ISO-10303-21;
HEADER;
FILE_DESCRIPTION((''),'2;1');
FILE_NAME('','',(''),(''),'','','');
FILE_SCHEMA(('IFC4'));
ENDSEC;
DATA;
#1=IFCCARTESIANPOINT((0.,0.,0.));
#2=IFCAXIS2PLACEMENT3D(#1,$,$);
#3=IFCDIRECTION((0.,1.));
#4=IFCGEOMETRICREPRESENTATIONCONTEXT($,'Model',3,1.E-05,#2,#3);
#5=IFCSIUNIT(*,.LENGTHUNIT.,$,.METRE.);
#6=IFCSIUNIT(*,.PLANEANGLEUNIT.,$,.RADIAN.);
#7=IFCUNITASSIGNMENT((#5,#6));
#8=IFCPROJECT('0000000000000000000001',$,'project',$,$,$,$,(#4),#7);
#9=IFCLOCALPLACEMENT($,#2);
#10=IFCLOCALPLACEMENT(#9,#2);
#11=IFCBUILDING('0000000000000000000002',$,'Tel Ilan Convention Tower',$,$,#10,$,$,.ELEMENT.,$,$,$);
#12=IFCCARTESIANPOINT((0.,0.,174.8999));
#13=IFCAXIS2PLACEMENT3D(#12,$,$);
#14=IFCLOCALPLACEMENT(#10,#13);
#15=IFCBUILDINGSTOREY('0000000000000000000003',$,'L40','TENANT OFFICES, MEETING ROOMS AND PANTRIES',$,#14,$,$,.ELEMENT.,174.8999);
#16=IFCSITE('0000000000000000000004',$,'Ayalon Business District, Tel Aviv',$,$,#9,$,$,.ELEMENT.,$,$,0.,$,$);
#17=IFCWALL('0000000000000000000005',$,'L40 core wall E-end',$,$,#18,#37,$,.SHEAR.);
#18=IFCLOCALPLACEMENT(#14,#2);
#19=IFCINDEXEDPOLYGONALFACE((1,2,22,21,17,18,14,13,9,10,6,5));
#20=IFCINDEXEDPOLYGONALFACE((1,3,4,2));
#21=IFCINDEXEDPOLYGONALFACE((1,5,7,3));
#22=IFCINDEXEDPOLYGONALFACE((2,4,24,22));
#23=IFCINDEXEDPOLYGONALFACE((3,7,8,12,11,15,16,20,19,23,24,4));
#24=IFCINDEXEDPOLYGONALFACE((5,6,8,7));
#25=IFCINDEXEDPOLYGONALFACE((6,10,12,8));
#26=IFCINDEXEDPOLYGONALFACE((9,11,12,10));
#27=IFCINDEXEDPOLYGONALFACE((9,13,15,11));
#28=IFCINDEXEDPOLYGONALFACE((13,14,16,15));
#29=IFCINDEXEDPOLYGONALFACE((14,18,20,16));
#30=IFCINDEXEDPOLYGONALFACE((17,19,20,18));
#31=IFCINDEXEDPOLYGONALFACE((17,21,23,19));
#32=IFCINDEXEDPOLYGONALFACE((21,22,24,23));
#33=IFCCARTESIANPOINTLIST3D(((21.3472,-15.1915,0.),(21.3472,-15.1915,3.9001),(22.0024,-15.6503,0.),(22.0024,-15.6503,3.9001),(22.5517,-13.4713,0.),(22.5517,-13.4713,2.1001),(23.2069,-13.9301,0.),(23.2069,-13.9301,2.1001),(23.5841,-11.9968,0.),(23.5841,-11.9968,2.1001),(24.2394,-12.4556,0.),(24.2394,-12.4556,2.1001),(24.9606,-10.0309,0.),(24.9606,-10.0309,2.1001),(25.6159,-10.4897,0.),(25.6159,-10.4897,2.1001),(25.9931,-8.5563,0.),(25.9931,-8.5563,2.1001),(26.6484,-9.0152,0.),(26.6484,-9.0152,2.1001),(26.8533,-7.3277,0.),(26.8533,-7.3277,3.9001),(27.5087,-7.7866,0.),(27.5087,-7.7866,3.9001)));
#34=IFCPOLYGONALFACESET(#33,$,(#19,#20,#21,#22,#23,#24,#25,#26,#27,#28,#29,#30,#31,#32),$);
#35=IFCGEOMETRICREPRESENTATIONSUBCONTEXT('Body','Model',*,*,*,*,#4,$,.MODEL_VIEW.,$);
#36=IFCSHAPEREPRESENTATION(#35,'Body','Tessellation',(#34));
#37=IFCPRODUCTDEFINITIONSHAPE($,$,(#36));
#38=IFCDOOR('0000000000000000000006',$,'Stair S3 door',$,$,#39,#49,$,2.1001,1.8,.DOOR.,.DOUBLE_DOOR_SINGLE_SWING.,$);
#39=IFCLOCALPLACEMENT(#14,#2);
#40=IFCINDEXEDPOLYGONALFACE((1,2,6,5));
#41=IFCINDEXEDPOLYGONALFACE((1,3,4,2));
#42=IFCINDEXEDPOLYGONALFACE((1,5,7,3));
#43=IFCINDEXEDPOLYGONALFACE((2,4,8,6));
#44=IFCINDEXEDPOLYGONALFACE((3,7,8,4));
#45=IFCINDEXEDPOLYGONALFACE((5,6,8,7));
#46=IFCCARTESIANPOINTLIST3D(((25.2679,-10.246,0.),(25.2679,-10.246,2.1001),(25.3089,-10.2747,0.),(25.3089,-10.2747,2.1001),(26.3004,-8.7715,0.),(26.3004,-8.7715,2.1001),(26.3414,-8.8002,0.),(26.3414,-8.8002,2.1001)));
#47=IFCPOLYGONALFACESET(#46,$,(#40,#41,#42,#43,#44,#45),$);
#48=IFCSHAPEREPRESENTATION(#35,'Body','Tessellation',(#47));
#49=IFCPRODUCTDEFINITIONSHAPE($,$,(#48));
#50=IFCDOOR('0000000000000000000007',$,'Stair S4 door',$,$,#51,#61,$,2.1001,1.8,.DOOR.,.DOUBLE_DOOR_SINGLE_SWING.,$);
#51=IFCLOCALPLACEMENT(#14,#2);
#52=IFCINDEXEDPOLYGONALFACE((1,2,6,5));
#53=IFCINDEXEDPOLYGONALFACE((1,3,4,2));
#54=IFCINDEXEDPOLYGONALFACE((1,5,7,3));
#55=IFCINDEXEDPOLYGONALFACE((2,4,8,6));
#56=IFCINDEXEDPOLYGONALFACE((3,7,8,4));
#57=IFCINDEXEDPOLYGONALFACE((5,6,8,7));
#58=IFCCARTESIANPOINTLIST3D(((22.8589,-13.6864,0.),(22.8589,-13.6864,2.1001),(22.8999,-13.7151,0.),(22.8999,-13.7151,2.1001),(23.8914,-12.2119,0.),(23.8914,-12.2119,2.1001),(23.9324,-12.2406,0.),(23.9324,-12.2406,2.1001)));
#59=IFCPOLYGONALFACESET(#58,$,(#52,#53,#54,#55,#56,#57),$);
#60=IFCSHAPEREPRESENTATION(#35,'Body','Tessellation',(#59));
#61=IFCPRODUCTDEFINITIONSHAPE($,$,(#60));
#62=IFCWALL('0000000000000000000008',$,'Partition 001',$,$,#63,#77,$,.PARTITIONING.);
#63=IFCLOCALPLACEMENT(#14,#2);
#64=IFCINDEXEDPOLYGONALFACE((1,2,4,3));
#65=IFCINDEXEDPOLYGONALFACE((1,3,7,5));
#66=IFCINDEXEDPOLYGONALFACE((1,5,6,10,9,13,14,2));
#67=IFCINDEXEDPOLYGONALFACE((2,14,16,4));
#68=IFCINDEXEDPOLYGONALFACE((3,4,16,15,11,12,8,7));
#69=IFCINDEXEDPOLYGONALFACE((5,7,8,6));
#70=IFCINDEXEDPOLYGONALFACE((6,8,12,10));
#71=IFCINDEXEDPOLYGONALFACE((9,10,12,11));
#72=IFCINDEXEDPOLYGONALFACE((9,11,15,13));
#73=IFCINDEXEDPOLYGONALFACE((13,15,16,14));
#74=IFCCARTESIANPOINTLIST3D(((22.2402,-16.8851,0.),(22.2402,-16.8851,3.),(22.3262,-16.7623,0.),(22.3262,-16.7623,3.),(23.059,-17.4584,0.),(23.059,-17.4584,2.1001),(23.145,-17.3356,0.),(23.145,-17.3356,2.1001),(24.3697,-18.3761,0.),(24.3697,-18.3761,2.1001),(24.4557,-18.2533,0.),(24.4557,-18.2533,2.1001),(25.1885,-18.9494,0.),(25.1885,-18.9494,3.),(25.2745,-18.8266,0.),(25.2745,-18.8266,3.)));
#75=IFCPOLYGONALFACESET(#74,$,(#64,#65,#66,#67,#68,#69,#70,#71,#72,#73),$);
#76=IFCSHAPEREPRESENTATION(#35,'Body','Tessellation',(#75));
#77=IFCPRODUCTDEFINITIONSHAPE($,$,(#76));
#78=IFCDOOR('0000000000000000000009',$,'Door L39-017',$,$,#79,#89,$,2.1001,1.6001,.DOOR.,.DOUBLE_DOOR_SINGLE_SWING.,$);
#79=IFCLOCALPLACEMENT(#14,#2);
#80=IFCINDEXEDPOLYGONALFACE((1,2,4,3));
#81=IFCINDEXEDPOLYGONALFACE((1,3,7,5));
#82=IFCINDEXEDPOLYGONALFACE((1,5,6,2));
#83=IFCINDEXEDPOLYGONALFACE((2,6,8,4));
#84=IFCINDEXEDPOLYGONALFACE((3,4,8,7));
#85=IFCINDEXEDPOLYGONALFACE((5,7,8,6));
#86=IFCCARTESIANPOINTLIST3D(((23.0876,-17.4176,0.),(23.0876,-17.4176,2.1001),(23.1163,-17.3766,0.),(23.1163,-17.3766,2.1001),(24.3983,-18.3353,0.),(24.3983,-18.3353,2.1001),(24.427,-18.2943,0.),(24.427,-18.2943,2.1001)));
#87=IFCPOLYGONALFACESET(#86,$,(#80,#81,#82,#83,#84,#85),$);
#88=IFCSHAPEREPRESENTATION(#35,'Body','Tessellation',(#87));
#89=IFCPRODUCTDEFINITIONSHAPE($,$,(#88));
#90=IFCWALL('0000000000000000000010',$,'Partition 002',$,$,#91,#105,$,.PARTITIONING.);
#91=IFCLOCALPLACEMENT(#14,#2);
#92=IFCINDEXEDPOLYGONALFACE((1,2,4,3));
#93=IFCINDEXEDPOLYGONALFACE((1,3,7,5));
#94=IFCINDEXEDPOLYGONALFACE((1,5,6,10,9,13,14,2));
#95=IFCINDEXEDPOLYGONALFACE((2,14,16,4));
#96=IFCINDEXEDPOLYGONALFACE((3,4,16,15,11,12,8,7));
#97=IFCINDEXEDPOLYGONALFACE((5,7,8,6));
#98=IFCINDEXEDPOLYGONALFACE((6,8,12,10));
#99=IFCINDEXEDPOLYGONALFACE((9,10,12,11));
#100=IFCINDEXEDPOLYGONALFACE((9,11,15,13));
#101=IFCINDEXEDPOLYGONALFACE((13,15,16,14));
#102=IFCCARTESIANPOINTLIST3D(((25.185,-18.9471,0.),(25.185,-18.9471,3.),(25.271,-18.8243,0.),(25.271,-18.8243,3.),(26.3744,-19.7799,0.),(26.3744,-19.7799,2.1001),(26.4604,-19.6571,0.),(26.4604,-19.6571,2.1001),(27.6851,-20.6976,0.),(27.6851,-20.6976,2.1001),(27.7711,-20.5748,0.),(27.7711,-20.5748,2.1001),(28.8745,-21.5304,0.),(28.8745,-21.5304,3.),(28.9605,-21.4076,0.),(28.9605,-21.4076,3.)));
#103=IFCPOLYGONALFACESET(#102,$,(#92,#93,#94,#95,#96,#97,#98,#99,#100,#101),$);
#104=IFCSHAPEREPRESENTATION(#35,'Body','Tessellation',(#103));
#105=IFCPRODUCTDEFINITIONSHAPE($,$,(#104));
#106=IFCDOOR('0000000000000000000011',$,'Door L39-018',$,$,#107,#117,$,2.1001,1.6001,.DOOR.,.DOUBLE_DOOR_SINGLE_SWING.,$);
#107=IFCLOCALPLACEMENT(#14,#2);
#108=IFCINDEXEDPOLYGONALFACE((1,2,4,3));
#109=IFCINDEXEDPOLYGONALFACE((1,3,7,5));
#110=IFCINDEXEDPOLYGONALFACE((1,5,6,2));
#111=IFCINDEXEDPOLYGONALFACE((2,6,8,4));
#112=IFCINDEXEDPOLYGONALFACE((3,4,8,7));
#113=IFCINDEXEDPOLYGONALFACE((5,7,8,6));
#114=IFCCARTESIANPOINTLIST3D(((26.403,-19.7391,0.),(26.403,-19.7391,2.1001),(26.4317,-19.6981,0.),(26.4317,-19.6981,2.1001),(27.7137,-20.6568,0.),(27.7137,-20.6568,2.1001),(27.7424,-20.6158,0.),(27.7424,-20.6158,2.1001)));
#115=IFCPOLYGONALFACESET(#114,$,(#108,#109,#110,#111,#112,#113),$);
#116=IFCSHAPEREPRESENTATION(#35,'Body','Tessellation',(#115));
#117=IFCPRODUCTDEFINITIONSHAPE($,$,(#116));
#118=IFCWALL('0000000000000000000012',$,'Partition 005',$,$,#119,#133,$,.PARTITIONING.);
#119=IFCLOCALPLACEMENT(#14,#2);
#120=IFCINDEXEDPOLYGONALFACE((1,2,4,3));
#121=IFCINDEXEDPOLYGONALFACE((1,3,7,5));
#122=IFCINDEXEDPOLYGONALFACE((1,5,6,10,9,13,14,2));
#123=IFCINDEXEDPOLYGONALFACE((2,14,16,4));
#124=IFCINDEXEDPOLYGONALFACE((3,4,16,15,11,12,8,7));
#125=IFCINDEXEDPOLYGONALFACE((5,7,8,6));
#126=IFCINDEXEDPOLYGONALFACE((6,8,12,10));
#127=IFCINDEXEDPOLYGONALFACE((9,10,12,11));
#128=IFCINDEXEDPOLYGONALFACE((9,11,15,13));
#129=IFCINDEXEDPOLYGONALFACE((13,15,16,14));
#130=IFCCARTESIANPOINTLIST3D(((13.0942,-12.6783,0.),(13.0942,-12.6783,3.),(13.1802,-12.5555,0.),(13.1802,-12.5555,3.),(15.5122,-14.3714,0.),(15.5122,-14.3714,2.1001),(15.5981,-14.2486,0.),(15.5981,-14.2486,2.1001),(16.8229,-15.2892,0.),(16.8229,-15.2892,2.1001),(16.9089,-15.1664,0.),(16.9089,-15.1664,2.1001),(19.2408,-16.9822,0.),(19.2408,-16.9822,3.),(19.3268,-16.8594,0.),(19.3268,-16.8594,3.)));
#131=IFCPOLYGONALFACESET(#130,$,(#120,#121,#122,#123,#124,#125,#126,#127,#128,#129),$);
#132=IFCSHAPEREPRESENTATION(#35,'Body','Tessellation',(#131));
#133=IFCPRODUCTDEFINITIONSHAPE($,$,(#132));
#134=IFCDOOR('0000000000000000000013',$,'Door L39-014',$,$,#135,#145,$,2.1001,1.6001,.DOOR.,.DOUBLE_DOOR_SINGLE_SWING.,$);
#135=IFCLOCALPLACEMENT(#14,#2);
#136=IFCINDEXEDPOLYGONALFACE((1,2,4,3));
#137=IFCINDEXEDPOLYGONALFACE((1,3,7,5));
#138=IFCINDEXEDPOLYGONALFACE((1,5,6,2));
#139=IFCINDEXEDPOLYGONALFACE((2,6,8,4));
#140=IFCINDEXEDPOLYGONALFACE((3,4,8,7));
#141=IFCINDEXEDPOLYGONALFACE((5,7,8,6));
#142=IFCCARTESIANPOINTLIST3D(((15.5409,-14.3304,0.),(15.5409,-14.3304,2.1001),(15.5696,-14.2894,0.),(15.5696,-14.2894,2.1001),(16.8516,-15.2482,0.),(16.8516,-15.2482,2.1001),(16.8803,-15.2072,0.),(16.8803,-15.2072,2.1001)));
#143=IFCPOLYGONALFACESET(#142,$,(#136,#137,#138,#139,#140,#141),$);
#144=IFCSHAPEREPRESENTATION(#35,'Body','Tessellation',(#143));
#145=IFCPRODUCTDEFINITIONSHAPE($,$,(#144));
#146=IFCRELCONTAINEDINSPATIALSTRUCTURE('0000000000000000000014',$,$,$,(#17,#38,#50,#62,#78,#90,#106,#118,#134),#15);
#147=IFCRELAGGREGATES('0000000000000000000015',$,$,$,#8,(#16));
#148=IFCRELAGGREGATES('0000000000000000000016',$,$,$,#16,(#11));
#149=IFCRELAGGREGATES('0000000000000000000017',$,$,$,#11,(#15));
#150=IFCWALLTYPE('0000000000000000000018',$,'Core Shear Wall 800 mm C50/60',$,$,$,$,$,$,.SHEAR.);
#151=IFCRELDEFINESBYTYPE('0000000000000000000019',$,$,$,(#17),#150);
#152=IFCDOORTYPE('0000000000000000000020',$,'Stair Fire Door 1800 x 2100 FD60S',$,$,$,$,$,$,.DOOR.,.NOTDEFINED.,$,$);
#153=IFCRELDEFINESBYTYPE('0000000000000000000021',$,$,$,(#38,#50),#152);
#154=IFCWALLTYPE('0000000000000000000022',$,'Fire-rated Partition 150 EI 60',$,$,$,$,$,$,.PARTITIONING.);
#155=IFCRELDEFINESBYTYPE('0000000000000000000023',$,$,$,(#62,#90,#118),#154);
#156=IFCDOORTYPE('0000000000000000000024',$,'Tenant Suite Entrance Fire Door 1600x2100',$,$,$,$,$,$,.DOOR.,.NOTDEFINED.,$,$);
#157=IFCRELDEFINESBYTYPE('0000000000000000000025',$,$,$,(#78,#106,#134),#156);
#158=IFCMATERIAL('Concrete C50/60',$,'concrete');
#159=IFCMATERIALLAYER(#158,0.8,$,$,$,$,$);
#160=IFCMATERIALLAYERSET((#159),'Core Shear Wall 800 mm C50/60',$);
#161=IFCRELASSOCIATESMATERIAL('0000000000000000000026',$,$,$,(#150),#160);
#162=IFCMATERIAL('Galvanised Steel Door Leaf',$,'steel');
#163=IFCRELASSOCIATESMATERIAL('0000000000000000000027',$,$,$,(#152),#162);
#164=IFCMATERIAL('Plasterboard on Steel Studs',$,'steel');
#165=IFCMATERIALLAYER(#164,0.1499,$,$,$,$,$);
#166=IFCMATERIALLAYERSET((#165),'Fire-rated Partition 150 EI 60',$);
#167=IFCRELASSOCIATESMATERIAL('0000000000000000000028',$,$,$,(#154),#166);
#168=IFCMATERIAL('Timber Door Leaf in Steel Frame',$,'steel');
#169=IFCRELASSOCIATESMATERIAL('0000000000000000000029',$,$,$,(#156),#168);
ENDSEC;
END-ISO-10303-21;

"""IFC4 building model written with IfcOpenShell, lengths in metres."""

from ifc_helpers import new_model, si_unit, direction, frame, frame_2d, origin, place, context, subcontext, project, spatial, polyline, rectangle, outline, extrude, material, layer, layer_set, type_object, element, fill, save


model = new_model("IFC4")

# Units and contexts
model_context = context("Model", 3, precision=1e-05, world=origin(), true_north=direction((0.0, 1.0)))
body_context = subcontext(model_context, "Body", "Model", "MODEL_VIEW")
ifc_project = project(units=[si_unit("LENGTHUNIT", "METRE"), si_unit("PLANEANGLEUNIT", "RADIAN")], contexts=[model_context])

# Site, building, storey
site_placement = place(None, origin())
site = spatial("IfcSite", under=ifc_project, at=site_placement, Name="Ayalon Business District, Tel Aviv", CompositionType="ELEMENT", RefElevation=0.0)
building_placement = place(site_placement, origin())
building = spatial("IfcBuilding", under=site, at=building_placement, Name="Tel Ilan Convention Tower", CompositionType="ELEMENT")
storey_placement = place(building_placement, frame((0.0, 0.0, 174.8999)))
storey = spatial("IfcBuildingStorey", under=building, at=storey_placement, Name="L40", Description="TENANT OFFICES, MEETING ROOMS AND PANTRIES", CompositionType="ELEMENT", Elevation=174.8999)

# Wall, openings, doors
ifc_material_1 = material(Name="Concrete C50/60", Category="concrete")
ifc_layer_1 = layer(ifc_material_1, 0.8)
ifc_layer_set_1 = layer_set([ifc_layer_1], Name="Core Shear Wall 800 mm C50/60")
wall_type_1 = type_object("IfcWallType", Name="Core Shear Wall 800 mm C50/60", PredefinedType="SHEAR", material=ifc_layer_set_1)
wall_1_placement = place(storey_placement, frame((21.6748, -15.4209, 0.0), z_axis=(0.0, 0.0, 1.0), x_axis=(0.573582, 0.819148, 0.0)))
wall_1 = element("IfcWall", 1, at=wall_1_placement, inside=storey, type_object=wall_type_1, Name="L40 core wall E-end", PredefinedType="SHEAR", context=body_context, shape_type="SweptSolid", body=[
    extrude(outline(polyline([(9.5999, 0.4001), (0.0, 0.3999), (0.0, -0.3999), (9.5999, -0.3999), (9.5999, 0.4001)])), origin(), (0.0, 0.0, 1.0), 3.9001),
])
opening_1_placement = place(wall_1_placement, frame((6.3, 0.0, 0.0)))
opening_1 = element("IfcOpeningElement", 2, at=opening_1_placement, cuts=wall_1, PredefinedType="OPENING", context=body_context, shape_type="SweptSolid", body=[
    extrude(rectangle(XDim=1.8, YDim=2.1001, at=frame_2d((0.8999, 1.05))), frame((0.0, 0.4099, 0.0), z_axis=(0.0, -1.0, 0.0), x_axis=(1.0, 0.0, 0.0)), (0.0, 0.0, 1.0), 0.8201),
])
opening_2_placement = place(wall_1_placement, frame((2.1001, 0.0, 0.0)))
opening_2 = element("IfcOpeningElement", 3, at=opening_2_placement, cuts=wall_1, PredefinedType="OPENING", context=body_context, shape_type="SweptSolid", body=[
    extrude(rectangle(XDim=1.8, YDim=2.1001, at=frame_2d((0.8999, 1.05))), frame((0.0, 0.4099, 0.0), z_axis=(0.0, -1.0, 0.0), x_axis=(1.0, 0.0, 0.0)), (0.0, 0.0, 1.0), 0.8201),
])
ifc_material_2 = material(Name="Galvanised Steel Door Leaf", Category="steel")
door_type_1 = type_object("IfcDoorType", Name="Stair Fire Door 1800 x 2100 FD60S", OperationType="NOTDEFINED", PredefinedType="DOOR", material=ifc_material_2)
door_1_placement = place(opening_1_placement, origin())
door_1 = element("IfcDoor", 4, at=door_1_placement, inside=storey, type_object=door_type_1, Name="Stair S3 door", OperationType="DOUBLE_DOOR_SINGLE_SWING", OverallHeight=2.1001, OverallWidth=1.8, PredefinedType="DOOR", context=body_context, shape_type="SweptSolid", body=[
    extrude(rectangle(XDim=1.8, YDim=2.1001, at=frame_2d((0.8999, 1.05))), frame((0.0, 0.0249, 0.0), z_axis=(0.0, -1.0, 0.0), x_axis=(1.0, 0.0, 0.0)), (0.0, 0.0, 1.0), 0.05),
])
fill(opening_1, door_1)
door_2_placement = place(opening_2_placement, origin())
door_2 = element("IfcDoor", 5, at=door_2_placement, inside=storey, type_object=door_type_1, Name="Stair S4 door", OperationType="DOUBLE_DOOR_SINGLE_SWING", OverallHeight=2.1001, OverallWidth=1.8, PredefinedType="DOOR", context=body_context, shape_type="SweptSolid", body=[
    extrude(rectangle(XDim=1.8, YDim=2.1001, at=frame_2d((0.8999, 1.05))), frame((0.0, 0.0249, 0.0), z_axis=(0.0, -1.0, 0.0), x_axis=(1.0, 0.0, 0.0)), (0.0, 0.0, 1.0), 0.05),
])
fill(opening_2, door_2)

# Walls, openings, doors
ifc_material_3 = material(Name="Plasterboard on Steel Studs", Category="steel")
ifc_layer_2 = layer(ifc_material_3, 0.1499)
ifc_layer_set_2 = layer_set([ifc_layer_2], Name="Fire-rated Partition 150 EI 60")
wall_type_2 = type_object("IfcWallType", Name="Fire-rated Partition 150 EI 60", PredefinedType="PARTITIONING", material=ifc_layer_set_2)
wall_2_placement = place(storey_placement, frame((22.2832, -16.8237, 0.0), z_axis=(0.0, 0.0, 1.0), x_axis=(0.819175, -0.573544, 0.0)))
wall_2 = element("IfcWall", 6, at=wall_2_placement, inside=storey, type_object=wall_type_2, Name="Partition 001", PredefinedType="PARTITIONING", context=body_context, shape_type="SweptSolid", body=[
    extrude(rectangle(XDim=3.5991, YDim=0.1499, at=frame_2d((1.7996, 0.0))), origin(), (0.0, 0.0, 1.0), 3.0),
])
opening_3_placement = place(wall_2_placement, frame((0.9995, 0.0, 0.0)))
opening_3 = element("IfcOpeningElement", 7, at=opening_3_placement, cuts=wall_2, PredefinedType="OPENING", context=body_context, shape_type="SweptSolid", body=[
    extrude(rectangle(XDim=1.6001, YDim=2.1001, at=frame_2d((0.8, 1.05))), frame((0.0, 0.085, 0.0), z_axis=(0.0, -1.0, 0.0), x_axis=(1.0, 0.0, 0.0)), (0.0, 0.0, 1.0), 0.1699),
])
ifc_material_4 = material(Name="Timber Door Leaf in Steel Frame", Category="steel")
door_type_2 = type_object("IfcDoorType", Name="Tenant Suite Entrance Fire Door 1600x2100", OperationType="NOTDEFINED", PredefinedType="DOOR", material=ifc_material_4)
door_3_placement = place(opening_3_placement, origin())
door_3 = element("IfcDoor", 8, at=door_3_placement, inside=storey, type_object=door_type_2, Name="Door L39-017", OperationType="DOUBLE_DOOR_SINGLE_SWING", OverallHeight=2.1001, OverallWidth=1.6001, PredefinedType="DOOR", context=body_context, shape_type="SweptSolid", body=[
    extrude(rectangle(XDim=1.6001, YDim=2.1001, at=frame_2d((0.8, 1.05))), frame((0.0, 0.0249, 0.0), z_axis=(0.0, -1.0, 0.0), x_axis=(1.0, 0.0, 0.0)), (0.0, 0.0, 1.0), 0.05),
])
fill(opening_3, door_3)
wall_3_placement = place(storey_placement, frame((25.228, -18.8857, 0.0), z_axis=(0.0, 0.0, 1.0), x_axis=(0.819166, -0.573557, 0.0)))
wall_3 = element("IfcWall", 9, at=wall_3_placement, inside=storey, type_object=wall_type_2, Name="Partition 002", PredefinedType="PARTITIONING", context=body_context, shape_type="SweptSolid", body=[
    extrude(rectangle(XDim=4.5039, YDim=0.1499, at=frame_2d((2.252, 0.0))), origin(), (0.0, 0.0, 1.0), 3.0),
])
opening_4_placement = place(wall_3_placement, frame((1.4519, 0.0, 0.0)))
opening_4 = element("IfcOpeningElement", 10, at=opening_4_placement, cuts=wall_3, PredefinedType="OPENING", context=body_context, shape_type="SweptSolid", body=[
    extrude(rectangle(XDim=1.6001, YDim=2.1001, at=frame_2d((0.8, 1.05))), frame((0.0, 0.085, 0.0), z_axis=(0.0, -1.0, 0.0), x_axis=(1.0, 0.0, 0.0)), (0.0, 0.0, 1.0), 0.1699),
])
door_4_placement = place(opening_4_placement, origin())
door_4 = element("IfcDoor", 11, at=door_4_placement, inside=storey, type_object=door_type_2, Name="Door L39-018", OperationType="DOUBLE_DOOR_SINGLE_SWING", OverallHeight=2.1001, OverallWidth=1.6001, PredefinedType="DOOR", context=body_context, shape_type="SweptSolid", body=[
    extrude(rectangle(XDim=1.6001, YDim=2.1001, at=frame_2d((0.8, 1.05))), frame((0.0, 0.0249, 0.0), z_axis=(0.0, -1.0, 0.0), x_axis=(1.0, 0.0, 0.0)), (0.0, 0.0, 1.0), 0.05),
])
fill(opening_4, door_4)
wall_4_placement = place(storey_placement, frame((19.2839, -16.9209, 0.0), z_axis=(0.0, 0.0, 1.0), x_axis=(-0.819154, 0.573574, 0.0)))
wall_4 = element("IfcWall", 12, at=wall_4_placement, inside=storey, type_object=wall_type_2, Name="Partition 005", PredefinedType="PARTITIONING", context=body_context, shape_type="SweptSolid", body=[
    extrude(rectangle(XDim=7.5037, YDim=0.1499, at=frame_2d((3.752, 0.0))), origin(), (0.0, 0.0, 1.0), 3.0),
])
opening_5_placement = place(wall_4_placement, frame((2.9519, 0.0, 0.0)))
opening_5 = element("IfcOpeningElement", 13, at=opening_5_placement, cuts=wall_4, PredefinedType="OPENING", context=body_context, shape_type="SweptSolid", body=[
    extrude(rectangle(XDim=1.6001, YDim=2.1001, at=frame_2d((0.8, 1.05))), frame((0.0, 0.085, 0.0), z_axis=(0.0, -1.0, 0.0), x_axis=(1.0, 0.0, 0.0)), (0.0, 0.0, 1.0), 0.1699),
])
door_5_placement = place(opening_5_placement, origin())
door_5 = element("IfcDoor", 14, at=door_5_placement, inside=storey, type_object=door_type_2, Name="Door L39-014", OperationType="DOUBLE_DOOR_SINGLE_SWING", OverallHeight=2.1001, OverallWidth=1.6001, PredefinedType="DOOR", context=body_context, shape_type="SweptSolid", body=[
    extrude(rectangle(XDim=1.6001, YDim=2.1001, at=frame_2d((0.8, 1.05))), frame((0.0, 0.0249, 0.0), z_axis=(0.0, -1.0, 0.0), x_axis=(1.0, 0.0, 0.0)), (0.0, 0.0, 1.0), 0.05),
])
fill(opening_5, door_5)

save(model, "model.ifc")
